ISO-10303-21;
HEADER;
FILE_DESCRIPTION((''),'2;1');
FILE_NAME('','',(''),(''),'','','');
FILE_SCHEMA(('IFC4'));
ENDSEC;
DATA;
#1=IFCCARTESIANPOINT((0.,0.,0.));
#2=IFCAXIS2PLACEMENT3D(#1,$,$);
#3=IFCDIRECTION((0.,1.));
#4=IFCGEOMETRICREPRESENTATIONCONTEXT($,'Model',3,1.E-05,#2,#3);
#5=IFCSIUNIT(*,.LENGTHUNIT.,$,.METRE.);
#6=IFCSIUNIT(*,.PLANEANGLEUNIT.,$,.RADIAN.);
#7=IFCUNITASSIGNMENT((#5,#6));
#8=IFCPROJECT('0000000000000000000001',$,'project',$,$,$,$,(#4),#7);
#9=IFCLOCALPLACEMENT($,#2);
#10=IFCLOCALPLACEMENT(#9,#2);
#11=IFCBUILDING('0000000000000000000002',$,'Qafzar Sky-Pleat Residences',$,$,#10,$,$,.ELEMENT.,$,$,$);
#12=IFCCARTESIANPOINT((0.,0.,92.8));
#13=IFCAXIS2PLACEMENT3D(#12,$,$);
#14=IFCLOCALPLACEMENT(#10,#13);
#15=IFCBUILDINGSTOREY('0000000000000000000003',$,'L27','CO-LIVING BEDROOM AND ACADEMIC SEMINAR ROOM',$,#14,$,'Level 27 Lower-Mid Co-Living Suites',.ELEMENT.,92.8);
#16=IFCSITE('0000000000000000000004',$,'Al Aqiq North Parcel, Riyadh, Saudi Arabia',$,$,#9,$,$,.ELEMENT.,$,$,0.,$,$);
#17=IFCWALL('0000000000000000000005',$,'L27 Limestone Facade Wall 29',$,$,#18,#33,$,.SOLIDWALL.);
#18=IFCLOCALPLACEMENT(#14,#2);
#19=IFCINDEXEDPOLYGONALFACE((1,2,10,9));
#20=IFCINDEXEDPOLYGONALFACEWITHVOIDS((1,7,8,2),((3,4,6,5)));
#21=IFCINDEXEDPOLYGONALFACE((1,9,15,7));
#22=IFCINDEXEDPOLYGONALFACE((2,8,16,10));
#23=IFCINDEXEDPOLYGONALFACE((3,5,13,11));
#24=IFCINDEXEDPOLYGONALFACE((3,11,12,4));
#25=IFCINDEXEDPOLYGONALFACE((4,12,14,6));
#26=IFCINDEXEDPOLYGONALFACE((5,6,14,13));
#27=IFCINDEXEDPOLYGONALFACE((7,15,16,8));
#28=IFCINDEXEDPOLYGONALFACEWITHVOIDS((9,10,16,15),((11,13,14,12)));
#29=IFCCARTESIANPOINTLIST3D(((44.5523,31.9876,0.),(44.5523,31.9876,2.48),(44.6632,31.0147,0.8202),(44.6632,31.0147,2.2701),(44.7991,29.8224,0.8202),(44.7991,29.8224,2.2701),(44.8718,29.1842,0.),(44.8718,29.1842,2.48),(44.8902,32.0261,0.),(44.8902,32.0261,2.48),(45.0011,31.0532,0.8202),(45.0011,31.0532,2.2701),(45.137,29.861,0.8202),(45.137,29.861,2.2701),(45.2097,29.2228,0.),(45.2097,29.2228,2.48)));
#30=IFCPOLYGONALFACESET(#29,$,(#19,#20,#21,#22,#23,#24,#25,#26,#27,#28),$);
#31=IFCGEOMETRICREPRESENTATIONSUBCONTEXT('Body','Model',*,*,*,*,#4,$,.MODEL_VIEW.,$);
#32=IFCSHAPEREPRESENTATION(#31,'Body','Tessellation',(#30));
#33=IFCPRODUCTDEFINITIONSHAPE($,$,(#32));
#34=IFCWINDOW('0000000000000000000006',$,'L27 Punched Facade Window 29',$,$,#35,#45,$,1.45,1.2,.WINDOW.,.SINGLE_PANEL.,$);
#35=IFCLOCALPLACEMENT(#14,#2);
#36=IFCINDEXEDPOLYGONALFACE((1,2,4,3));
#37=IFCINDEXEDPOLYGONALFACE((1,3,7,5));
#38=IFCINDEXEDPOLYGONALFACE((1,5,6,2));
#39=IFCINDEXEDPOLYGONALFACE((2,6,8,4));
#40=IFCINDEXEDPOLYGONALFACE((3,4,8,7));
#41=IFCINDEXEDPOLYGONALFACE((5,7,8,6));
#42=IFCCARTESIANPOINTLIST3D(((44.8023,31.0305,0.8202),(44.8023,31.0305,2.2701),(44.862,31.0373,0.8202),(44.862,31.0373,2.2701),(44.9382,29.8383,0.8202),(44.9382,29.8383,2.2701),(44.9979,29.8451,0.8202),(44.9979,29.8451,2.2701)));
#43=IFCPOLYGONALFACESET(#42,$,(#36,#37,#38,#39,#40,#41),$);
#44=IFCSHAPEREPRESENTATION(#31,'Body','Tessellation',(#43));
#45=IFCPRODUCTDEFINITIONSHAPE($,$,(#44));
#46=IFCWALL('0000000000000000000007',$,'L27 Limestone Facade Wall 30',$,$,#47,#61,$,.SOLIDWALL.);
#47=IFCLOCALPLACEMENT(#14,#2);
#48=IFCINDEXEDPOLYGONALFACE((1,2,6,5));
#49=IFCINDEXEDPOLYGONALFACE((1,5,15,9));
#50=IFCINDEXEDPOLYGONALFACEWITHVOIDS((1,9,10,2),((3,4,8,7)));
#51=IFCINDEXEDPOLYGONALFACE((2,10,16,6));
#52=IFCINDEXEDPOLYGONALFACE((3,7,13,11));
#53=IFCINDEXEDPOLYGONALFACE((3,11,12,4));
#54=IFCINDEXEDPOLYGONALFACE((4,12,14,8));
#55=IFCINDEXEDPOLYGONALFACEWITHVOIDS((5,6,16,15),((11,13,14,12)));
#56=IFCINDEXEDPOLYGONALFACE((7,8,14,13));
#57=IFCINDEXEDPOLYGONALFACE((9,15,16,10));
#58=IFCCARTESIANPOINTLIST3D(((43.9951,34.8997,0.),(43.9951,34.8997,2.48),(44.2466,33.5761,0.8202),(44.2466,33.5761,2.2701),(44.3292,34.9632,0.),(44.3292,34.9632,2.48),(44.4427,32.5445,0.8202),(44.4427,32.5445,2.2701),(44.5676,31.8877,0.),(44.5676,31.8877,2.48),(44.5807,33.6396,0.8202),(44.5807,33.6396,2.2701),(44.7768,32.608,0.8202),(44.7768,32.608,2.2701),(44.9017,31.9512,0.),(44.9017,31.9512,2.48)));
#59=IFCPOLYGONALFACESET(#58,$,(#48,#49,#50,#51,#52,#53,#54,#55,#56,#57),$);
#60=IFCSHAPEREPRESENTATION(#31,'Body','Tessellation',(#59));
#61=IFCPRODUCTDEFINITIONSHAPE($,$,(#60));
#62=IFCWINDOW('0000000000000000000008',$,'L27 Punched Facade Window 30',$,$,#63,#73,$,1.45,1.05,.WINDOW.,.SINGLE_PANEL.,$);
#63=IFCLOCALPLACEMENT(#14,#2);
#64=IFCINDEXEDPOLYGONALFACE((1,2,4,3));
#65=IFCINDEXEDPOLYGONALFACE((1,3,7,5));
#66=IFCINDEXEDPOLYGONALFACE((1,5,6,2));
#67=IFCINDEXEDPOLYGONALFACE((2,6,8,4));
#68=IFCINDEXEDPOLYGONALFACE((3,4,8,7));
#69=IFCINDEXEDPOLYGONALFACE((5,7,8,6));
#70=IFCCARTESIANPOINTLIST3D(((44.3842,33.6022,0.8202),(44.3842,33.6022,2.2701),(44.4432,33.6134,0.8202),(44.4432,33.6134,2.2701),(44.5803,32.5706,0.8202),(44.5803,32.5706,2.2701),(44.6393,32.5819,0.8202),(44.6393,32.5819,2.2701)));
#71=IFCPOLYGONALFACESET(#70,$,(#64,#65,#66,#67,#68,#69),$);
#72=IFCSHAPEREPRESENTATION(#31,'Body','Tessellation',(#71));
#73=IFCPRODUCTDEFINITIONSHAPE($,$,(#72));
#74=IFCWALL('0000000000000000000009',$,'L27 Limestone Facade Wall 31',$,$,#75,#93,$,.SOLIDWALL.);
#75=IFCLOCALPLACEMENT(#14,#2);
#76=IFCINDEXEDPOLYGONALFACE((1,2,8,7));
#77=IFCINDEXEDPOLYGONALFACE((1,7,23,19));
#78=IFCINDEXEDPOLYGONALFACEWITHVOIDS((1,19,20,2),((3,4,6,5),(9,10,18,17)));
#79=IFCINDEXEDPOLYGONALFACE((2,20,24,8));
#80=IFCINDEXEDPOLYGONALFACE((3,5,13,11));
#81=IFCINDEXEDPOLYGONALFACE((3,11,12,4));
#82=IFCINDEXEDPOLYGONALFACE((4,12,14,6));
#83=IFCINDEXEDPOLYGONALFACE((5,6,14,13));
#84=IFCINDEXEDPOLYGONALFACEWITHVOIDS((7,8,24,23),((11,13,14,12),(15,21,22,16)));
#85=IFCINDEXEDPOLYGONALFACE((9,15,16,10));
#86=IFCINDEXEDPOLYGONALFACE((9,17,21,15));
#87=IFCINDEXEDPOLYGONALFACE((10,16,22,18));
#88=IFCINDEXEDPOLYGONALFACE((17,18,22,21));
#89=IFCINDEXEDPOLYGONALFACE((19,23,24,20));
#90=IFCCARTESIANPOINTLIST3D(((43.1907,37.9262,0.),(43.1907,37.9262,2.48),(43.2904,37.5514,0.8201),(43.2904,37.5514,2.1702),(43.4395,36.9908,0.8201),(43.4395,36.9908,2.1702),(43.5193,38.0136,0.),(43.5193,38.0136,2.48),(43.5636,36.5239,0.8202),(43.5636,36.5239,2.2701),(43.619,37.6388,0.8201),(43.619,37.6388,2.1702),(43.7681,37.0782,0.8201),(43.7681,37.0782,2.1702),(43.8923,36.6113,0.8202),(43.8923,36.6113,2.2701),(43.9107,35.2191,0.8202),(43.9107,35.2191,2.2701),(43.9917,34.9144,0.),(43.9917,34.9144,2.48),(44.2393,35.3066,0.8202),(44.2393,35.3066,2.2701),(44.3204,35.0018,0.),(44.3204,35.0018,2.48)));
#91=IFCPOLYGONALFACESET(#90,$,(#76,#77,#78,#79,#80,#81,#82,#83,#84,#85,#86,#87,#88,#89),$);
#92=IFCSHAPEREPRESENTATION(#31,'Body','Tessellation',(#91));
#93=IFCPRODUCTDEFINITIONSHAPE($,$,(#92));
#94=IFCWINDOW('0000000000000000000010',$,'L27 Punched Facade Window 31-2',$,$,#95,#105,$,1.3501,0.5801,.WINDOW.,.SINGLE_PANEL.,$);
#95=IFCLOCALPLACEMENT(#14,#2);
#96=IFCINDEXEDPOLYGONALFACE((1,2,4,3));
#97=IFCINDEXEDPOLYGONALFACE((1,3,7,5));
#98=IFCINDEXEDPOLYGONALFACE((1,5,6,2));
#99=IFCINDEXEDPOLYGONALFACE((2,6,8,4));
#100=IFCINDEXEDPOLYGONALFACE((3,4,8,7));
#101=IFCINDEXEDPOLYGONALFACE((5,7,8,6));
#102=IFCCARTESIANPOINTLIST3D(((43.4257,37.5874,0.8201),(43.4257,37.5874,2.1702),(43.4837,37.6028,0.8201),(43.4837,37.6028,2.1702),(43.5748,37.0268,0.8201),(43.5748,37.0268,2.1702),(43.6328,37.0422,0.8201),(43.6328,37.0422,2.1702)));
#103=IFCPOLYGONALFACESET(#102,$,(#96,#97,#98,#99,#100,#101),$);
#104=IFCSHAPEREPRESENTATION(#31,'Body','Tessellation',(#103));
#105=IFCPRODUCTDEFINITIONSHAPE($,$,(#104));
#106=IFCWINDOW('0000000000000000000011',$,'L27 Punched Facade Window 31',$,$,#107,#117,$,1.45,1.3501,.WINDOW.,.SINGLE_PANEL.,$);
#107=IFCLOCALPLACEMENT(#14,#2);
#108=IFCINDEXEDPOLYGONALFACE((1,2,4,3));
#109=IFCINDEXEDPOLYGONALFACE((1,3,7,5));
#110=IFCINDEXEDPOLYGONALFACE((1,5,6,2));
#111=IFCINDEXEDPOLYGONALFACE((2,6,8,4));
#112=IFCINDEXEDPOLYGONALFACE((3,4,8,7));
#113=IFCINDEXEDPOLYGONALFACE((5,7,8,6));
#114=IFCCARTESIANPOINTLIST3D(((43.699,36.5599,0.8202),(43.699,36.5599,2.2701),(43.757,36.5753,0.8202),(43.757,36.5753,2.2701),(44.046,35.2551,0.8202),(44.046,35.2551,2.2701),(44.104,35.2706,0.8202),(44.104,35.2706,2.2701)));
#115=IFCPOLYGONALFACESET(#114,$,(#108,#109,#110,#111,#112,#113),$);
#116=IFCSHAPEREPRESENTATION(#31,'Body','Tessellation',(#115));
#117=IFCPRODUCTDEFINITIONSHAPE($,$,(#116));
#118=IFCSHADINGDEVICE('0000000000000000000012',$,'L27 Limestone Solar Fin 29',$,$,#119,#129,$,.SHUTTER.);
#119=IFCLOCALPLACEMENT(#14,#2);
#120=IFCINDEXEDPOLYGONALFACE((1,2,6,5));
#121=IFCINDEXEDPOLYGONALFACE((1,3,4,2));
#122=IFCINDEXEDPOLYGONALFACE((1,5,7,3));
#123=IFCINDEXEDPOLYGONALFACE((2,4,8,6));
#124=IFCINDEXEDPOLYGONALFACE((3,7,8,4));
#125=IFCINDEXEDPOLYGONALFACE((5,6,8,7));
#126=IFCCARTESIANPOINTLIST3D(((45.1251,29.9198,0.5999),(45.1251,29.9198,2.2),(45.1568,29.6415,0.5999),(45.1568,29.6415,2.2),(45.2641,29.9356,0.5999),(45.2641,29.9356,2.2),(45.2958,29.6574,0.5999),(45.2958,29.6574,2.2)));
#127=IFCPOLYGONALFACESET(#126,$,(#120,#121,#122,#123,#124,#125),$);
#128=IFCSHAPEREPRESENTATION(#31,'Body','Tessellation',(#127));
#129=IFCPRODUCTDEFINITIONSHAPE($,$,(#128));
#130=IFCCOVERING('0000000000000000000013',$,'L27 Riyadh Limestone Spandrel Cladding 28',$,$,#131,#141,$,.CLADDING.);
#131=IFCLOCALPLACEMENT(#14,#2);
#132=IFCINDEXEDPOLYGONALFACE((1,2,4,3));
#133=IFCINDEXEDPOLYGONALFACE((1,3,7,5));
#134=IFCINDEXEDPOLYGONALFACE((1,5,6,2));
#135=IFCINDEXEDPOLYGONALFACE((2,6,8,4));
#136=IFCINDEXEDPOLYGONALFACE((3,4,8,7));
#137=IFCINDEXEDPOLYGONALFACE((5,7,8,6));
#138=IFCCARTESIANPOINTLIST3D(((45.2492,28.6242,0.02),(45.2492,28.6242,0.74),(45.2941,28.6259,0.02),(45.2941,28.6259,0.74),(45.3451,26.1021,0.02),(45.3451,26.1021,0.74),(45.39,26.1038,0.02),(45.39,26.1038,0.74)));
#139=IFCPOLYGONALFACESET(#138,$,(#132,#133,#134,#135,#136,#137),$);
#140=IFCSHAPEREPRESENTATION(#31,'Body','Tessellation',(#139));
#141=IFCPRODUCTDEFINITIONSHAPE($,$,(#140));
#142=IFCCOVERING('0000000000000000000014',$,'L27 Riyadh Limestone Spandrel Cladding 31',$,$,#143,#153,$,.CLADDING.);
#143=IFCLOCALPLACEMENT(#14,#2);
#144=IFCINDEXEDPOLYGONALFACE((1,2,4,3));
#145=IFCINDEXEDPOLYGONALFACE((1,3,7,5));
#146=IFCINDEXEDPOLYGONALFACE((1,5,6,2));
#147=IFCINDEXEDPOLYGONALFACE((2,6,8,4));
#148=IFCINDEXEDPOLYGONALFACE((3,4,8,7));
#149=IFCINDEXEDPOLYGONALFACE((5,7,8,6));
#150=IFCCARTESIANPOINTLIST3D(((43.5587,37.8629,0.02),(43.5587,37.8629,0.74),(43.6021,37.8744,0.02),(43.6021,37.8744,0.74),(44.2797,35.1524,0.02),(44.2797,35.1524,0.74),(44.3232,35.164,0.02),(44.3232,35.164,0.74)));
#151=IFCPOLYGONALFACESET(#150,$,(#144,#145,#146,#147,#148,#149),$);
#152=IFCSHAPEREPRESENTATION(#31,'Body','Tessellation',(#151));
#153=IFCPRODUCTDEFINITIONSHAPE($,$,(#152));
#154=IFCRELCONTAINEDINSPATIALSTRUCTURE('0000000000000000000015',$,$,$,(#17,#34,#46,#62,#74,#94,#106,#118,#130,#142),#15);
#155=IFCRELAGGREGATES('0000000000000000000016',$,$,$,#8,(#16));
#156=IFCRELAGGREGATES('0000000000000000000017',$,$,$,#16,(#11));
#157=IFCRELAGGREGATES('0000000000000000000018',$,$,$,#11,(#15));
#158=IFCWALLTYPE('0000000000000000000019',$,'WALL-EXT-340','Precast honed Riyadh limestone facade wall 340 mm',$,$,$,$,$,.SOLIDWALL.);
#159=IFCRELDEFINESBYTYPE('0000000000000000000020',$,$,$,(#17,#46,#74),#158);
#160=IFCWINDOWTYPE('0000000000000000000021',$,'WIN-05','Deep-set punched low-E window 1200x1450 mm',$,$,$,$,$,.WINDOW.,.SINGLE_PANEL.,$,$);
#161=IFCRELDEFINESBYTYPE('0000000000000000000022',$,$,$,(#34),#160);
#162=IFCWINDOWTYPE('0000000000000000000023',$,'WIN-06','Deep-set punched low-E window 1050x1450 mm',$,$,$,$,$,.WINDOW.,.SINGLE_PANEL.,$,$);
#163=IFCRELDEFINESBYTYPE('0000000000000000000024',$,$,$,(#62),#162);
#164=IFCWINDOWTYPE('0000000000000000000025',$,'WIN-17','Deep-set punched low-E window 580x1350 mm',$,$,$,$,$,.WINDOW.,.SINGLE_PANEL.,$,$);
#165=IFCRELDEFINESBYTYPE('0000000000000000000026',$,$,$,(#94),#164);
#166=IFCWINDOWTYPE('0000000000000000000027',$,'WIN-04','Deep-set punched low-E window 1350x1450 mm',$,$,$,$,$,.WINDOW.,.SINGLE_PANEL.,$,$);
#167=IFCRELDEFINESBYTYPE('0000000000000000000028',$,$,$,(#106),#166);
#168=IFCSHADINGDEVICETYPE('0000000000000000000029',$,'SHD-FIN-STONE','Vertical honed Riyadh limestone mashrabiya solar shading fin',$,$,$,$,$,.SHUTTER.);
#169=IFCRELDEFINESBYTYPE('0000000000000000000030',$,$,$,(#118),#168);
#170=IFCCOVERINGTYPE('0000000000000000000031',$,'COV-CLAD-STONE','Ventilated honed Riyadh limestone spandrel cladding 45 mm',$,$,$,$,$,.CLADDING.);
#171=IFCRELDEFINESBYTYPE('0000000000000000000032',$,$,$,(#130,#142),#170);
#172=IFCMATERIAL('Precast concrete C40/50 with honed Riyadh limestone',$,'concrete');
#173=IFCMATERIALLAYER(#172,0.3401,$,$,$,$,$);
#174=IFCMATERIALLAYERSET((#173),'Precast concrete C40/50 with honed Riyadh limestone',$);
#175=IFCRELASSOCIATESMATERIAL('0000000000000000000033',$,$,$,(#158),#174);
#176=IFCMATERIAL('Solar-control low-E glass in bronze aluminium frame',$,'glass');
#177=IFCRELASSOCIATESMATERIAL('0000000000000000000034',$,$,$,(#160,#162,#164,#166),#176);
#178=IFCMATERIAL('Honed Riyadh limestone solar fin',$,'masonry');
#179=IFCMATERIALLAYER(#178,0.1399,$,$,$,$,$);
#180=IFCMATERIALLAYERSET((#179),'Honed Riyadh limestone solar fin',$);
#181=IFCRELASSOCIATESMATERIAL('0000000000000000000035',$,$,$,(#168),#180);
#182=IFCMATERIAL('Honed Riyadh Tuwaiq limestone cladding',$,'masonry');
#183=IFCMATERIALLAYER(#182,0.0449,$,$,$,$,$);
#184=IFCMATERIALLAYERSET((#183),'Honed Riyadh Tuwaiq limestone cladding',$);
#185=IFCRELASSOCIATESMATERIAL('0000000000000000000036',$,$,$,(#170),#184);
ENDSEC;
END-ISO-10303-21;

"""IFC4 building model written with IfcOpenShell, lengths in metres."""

from ifc_helpers import new_model, si_unit, direction, frame, frame_2d, origin, origin_2d, place, context, subcontext, project, spatial, rectangle, extrude, source, transform, mapped, material, layer, layer_set, type_object, element, fill, save


model = new_model("IFC4")

# Units and contexts
model_context = context("Model", 3, precision=1e-05, world=origin(), true_north=direction((0.0, 1.0)))
body_context = subcontext(model_context, "Body", "Model", "MODEL_VIEW")
ifc_project = project(units=[si_unit("LENGTHUNIT", "METRE"), si_unit("PLANEANGLEUNIT", "RADIAN")], contexts=[model_context])

# Site, building, storey
site_placement = place(None, origin())
site = spatial("IfcSite", under=ifc_project, at=site_placement, Name="Al Aqiq North Parcel, Riyadh, Saudi Arabia", CompositionType="ELEMENT", RefElevation=0.0)
building_placement = place(site_placement, origin())
building = spatial("IfcBuilding", under=site, at=building_placement, Name="Qafzar Sky-Pleat Residences", CompositionType="ELEMENT")
storey_placement = place(building_placement, frame((0.0, 0.0, 92.8)))
storey = spatial("IfcBuildingStorey", under=building, at=storey_placement, Name="L27", Description="CO-LIVING BEDROOM AND ACADEMIC SEMINAR ROOM", LongName="Level 27 Lower-Mid Co-Living Suites", CompositionType="ELEMENT", Elevation=92.8)

# Walls, openings, windows
ifc_material_1 = material(Name="Precast concrete C40/50 with honed Riyadh limestone", Category="concrete")
ifc_layer_1 = layer(ifc_material_1, 0.3401)
ifc_layer_set_1 = layer_set([ifc_layer_1], Name="Precast concrete C40/50 with honed Riyadh limestone")
wall_type_1 = type_object("IfcWallType", Name="WALL-EXT-340", Description="Precast honed Riyadh limestone facade wall 340 mm", PredefinedType="SOLIDWALL", material=ifc_layer_set_1)
wall_1_placement = place(storey_placement, frame((45.0408, 29.2036, 0.0), z_axis=(0.0, 0.0, 1.0), x_axis=(-0.113261, 0.993565, 0.0)))
wall_1 = element("IfcWall", 1, at=wall_1_placement, inside=storey, type_object=wall_type_1, Name="L27 Limestone Facade Wall 29", PredefinedType="SOLIDWALL", context=body_context, shape_type="SweptSolid", body=[
    extrude(rectangle(XDim=2.8215, YDim=0.3401, at=frame_2d((1.4106, 0.0))), origin(), (0.0, 0.0, 1.0), 2.48),
])
opening_1_placement = place(wall_1_placement, frame((0.6421, 0.0, 0.8201)))
opening_1 = element("IfcOpeningElement", 2, at=opening_1_placement, cuts=wall_1, PredefinedType="OPENING", context=body_context, shape_type="SweptSolid", body=[
    extrude(rectangle(XDim=1.2, YDim=1.45, at=frame_2d((0.6001, 0.7251))), frame((0.0, 0.1802, 0.0), z_axis=(0.0, -1.0, 0.0), x_axis=(1.0, 0.0, 0.0)), (0.0, 0.0, 1.0), 0.3601),
])
ifc_material_2 = material(Name="Solar-control low-E glass in bronze aluminium frame", Category="glass")
window_type_1 = type_object("IfcWindowType", Name="WIN-05", Description="Deep-set punched low-E window 1200x1450 mm", PartitioningType="SINGLE_PANEL", PredefinedType="WINDOW", material=ifc_material_2)
shared_shape_1 = source(origin(), body_context, "Body", "SweptSolid", [
    extrude(rectangle(XDim=1.2, YDim=1.45, at=frame_2d((0.6001, 0.7251))), frame((0.0, 0.03, 0.0), z_axis=(0.0, -1.0, 0.0), x_axis=(1.0, 0.0, 0.0)), (0.0, 0.0, 1.0), 0.0601),
])
window_1_placement = place(opening_1_placement, origin())
window_1 = element("IfcWindow", 3, at=window_1_placement, inside=storey, type_object=window_type_1, Name="L27 Punched Facade Window 29", OverallHeight=1.45, OverallWidth=1.2, PartitioningType="SINGLE_PANEL", PredefinedType="WINDOW", context=body_context, shape_type="MappedRepresentation", body=[
    mapped(shared_shape_1, transform((0.0, 0.0, 0.0), x_axis=(1.0, 0.0, 0.0), y_axis=(0.0, 1.0, 0.0), z_axis=(0.0, 0.0, 1.0), scale=1.0)),
])
fill(opening_1, window_1)
wall_2_placement = place(storey_placement, frame((44.7346, 31.9194, 0.0), z_axis=(0.0, 0.0, 1.0), x_axis=(-0.186735, 0.98241, 0.0)))
wall_2 = element("IfcWall", 4, at=wall_2_placement, inside=storey, type_object=wall_type_1, Name="L27 Limestone Facade Wall 30", PredefinedType="SOLIDWALL", context=body_context, shape_type="SweptSolid", body=[
    extrude(rectangle(XDim=3.0659, YDim=0.3401, at=frame_2d((1.533, 0.0))), origin(), (0.0, 0.0, 1.0), 2.48),
])
opening_2_placement = place(wall_2_placement, frame((0.6687, 0.0, 0.8201)))
opening_2 = element("IfcOpeningElement", 5, at=opening_2_placement, cuts=wall_2, PredefinedType="OPENING", context=body_context, shape_type="SweptSolid", body=[
    extrude(rectangle(XDim=1.05, YDim=1.45, at=frame_2d((0.5249, 0.7251))), frame((0.0, 0.1802, 0.0), z_axis=(0.0, -1.0, 0.0), x_axis=(1.0, 0.0, 0.0)), (0.0, 0.0, 1.0), 0.3601),
])
window_type_2 = type_object("IfcWindowType", Name="WIN-06", Description="Deep-set punched low-E window 1050x1450 mm", PartitioningType="SINGLE_PANEL", PredefinedType="WINDOW", material=ifc_material_2)
shared_shape_2 = source(origin(), body_context, "Body", "SweptSolid", [
    extrude(rectangle(XDim=1.05, YDim=1.45, at=frame_2d((0.5249, 0.7251))), frame((0.0, 0.03, 0.0), z_axis=(0.0, -1.0, 0.0), x_axis=(1.0, 0.0, 0.0)), (0.0, 0.0, 1.0), 0.0601),
])
window_2_placement = place(opening_2_placement, origin())
window_2 = element("IfcWindow", 6, at=window_2_placement, inside=storey, type_object=window_type_2, Name="L27 Punched Facade Window 30", OverallHeight=1.45, OverallWidth=1.05, PartitioningType="SINGLE_PANEL", PredefinedType="WINDOW", context=body_context, shape_type="MappedRepresentation", body=[
    mapped(shared_shape_2, transform((0.0, 0.0, 0.0), x_axis=(1.0, 0.0, 0.0), y_axis=(0.0, 1.0, 0.0), z_axis=(0.0, 0.0, 1.0), scale=1.0)),
])
fill(opening_2, window_2)

# Wall, openings, windows
wall_3_placement = place(storey_placement, frame((44.156, 34.9583, 0.0), z_axis=(0.0, 0.0, 1.0), x_axis=(-0.257034, 0.966402, 0.0)))
wall_3 = element("IfcWall", 7, at=wall_3_placement, inside=storey, type_object=wall_type_1, Name="L27 Limestone Facade Wall 31", PredefinedType="SOLIDWALL", context=body_context, shape_type="SweptSolid", body=[
    extrude(rectangle(XDim=3.1165, YDim=0.3401, at=frame_2d((1.5581, 0.0))), origin(), (0.0, 0.0, 1.0), 2.48),
])
opening_3_placement = place(wall_3_placement, frame((0.3152, 0.0, 0.8201)))
opening_3 = element("IfcOpeningElement", 8, at=opening_3_placement, cuts=wall_3, PredefinedType="OPENING", context=body_context, shape_type="SweptSolid", body=[
    extrude(rectangle(XDim=1.3501, YDim=1.45, at=frame_2d((0.675, 0.7251))), frame((0.0, 0.1802, 0.0), z_axis=(0.0, -1.0, 0.0), x_axis=(1.0, 0.0, 0.0)), (0.0, 0.0, 1.0), 0.3601),
])
opening_4_placement = place(wall_3_placement, frame((2.1484, 0.0, 0.8201)))
opening_4 = element("IfcOpeningElement", 9, at=opening_4_placement, cuts=wall_3, PredefinedType="OPENING", context=body_context, shape_type="SweptSolid", body=[
    extrude(rectangle(XDim=0.5801, YDim=1.3501, at=frame_2d((0.29, 0.675))), frame((0.0, 0.1802, 0.0), z_axis=(0.0, -1.0, 0.0), x_axis=(1.0, 0.0, 0.0)), (0.0, 0.0, 1.0), 0.3601),
])
window_type_3 = type_object("IfcWindowType", Name="WIN-17", Description="Deep-set punched low-E window 580x1350 mm", PartitioningType="SINGLE_PANEL", PredefinedType="WINDOW", material=ifc_material_2)
shared_shape_3 = source(origin(), body_context, "Body", "SweptSolid", [
    extrude(rectangle(XDim=0.5801, YDim=1.3501, at=frame_2d((0.29, 0.675))), frame((0.0, 0.03, 0.0), z_axis=(0.0, -1.0, 0.0), x_axis=(1.0, 0.0, 0.0)), (0.0, 0.0, 1.0), 0.0601),
])
window_3_placement = place(opening_4_placement, origin())
window_3 = element("IfcWindow", 10, at=window_3_placement, inside=storey, type_object=window_type_3, Name="L27 Punched Facade Window 31-2", OverallHeight=1.3501, OverallWidth=0.5801, PartitioningType="SINGLE_PANEL", PredefinedType="WINDOW", context=body_context, shape_type="MappedRepresentation", body=[
    mapped(shared_shape_3, transform((0.0, 0.0, 0.0), x_axis=(1.0, 0.0, 0.0), y_axis=(0.0, 1.0, 0.0), z_axis=(0.0, 0.0, 1.0), scale=1.0)),
])
fill(opening_4, window_3)
window_type_4 = type_object("IfcWindowType", Name="WIN-04", Description="Deep-set punched low-E window 1350x1450 mm", PartitioningType="SINGLE_PANEL", PredefinedType="WINDOW", material=ifc_material_2)
shared_shape_4 = source(origin(), body_context, "Body", "SweptSolid", [
    extrude(rectangle(XDim=1.3501, YDim=1.45, at=frame_2d((0.675, 0.7251))), frame((0.0, 0.03, 0.0), z_axis=(0.0, -1.0, 0.0), x_axis=(1.0, 0.0, 0.0)), (0.0, 0.0, 1.0), 0.0601),
])
window_4_placement = place(opening_3_placement, origin())
window_4 = element("IfcWindow", 11, at=window_4_placement, inside=storey, type_object=window_type_4, Name="L27 Punched Facade Window 31", OverallHeight=1.45, OverallWidth=1.3501, PartitioningType="SINGLE_PANEL", PredefinedType="WINDOW", context=body_context, shape_type="MappedRepresentation", body=[
    mapped(shared_shape_4, transform((0.0, 0.0, 0.0), x_axis=(1.0, 0.0, 0.0), y_axis=(0.0, 1.0, 0.0), z_axis=(0.0, 0.0, 1.0), scale=1.0)),
])
fill(opening_3, window_4)

# Shading device
ifc_material_3 = material(Name="Honed Riyadh limestone solar fin", Category="masonry")
ifc_layer_2 = layer(ifc_material_3, 0.1399)
ifc_layer_set_2 = layer_set([ifc_layer_2], Name="Honed Riyadh limestone solar fin")
shading_device_type = type_object("IfcShadingDeviceType", Name="SHD-FIN-STONE", Description="Vertical honed Riyadh limestone mashrabiya solar shading fin", PredefinedType="SHUTTER", material=ifc_layer_set_2)
shared_shape_5 = source(origin(), body_context, "Body", "SweptSolid", [
    extrude(rectangle(XDim=0.1399, YDim=0.28, at=origin_2d()), origin(), (0.0, 0.0, 1.0), 1.6001),
])
shading_device_placement = place(storey_placement, frame((45.2104, 29.7886, 0.5999), z_axis=(0.0, 0.0, 1.0), x_axis=(0.993567, 0.11325, 0.0)))
element("IfcShadingDevice", 12, at=shading_device_placement, inside=storey, type_object=shading_device_type, Name="L27 Limestone Solar Fin 29", PredefinedType="SHUTTER", context=body_context, shape_type="MappedRepresentation", body=[
    mapped(shared_shape_5, transform((0.0, 0.0, 0.0), x_axis=(1.0, 0.0, 0.0), y_axis=(0.0, 1.0, 0.0), z_axis=(0.0, 0.0, 1.0), scale=1.0)),
])

# Coverings
ifc_material_4 = material(Name="Honed Riyadh Tuwaiq limestone cladding", Category="masonry")
ifc_layer_3 = layer(ifc_material_4, 0.0449)
ifc_layer_set_3 = layer_set([ifc_layer_3], Name="Honed Riyadh Tuwaiq limestone cladding")
covering_type = type_object("IfcCoveringType", Name="COV-CLAD-STONE", Description="Ventilated honed Riyadh limestone spandrel cladding 45 mm", PredefinedType="CLADDING", material=ifc_layer_set_3)
shared_shape_6 = source(origin(), body_context, "Body", "SweptSolid", [
    extrude(rectangle(XDim=2.5239, YDim=0.0449, at=origin_2d()), origin(), (0.0, 0.0, 1.0), 0.72),
])
covering_1_placement = place(storey_placement, frame((45.3196, 27.364, 0.02), z_axis=(0.0, 0.0, 1.0), x_axis=(-0.037977, 0.999279, 0.0)))
element("IfcCovering", 13, at=covering_1_placement, inside=storey, type_object=covering_type, Name="L27 Riyadh Limestone Spandrel Cladding 28", PredefinedType="CLADDING", context=body_context, shape_type="MappedRepresentation", body=[
    mapped(shared_shape_6, transform((0.0, 0.0, 0.0), x_axis=(1.0, 0.0, 0.0), y_axis=(0.0, 1.0, 0.0), z_axis=(0.0, 0.0, 1.0), scale=1.0)),
])
shared_shape_7 = source(origin(), body_context, "Body", "SweptSolid", [
    extrude(rectangle(XDim=2.8047, YDim=0.0449, at=origin_2d()), origin(), (0.0, 0.0, 1.0), 0.72),
])
covering_2_placement = place(storey_placement, frame((43.9409, 36.5134, 0.02), z_axis=(0.0, 0.0, 1.0), x_axis=(-0.257095, 0.966386, 0.0)))
element("IfcCovering", 14, at=covering_2_placement, inside=storey, type_object=covering_type, Name="L27 Riyadh Limestone Spandrel Cladding 31", PredefinedType="CLADDING", context=body_context, shape_type="MappedRepresentation", body=[
    mapped(shared_shape_7, transform((0.0, 0.0, 0.0), x_axis=(1.0, 0.0, 0.0), y_axis=(0.0, 1.0, 0.0), z_axis=(0.0, 0.0, 1.0), scale=1.0)),
])

save(model, "model.ifc")
